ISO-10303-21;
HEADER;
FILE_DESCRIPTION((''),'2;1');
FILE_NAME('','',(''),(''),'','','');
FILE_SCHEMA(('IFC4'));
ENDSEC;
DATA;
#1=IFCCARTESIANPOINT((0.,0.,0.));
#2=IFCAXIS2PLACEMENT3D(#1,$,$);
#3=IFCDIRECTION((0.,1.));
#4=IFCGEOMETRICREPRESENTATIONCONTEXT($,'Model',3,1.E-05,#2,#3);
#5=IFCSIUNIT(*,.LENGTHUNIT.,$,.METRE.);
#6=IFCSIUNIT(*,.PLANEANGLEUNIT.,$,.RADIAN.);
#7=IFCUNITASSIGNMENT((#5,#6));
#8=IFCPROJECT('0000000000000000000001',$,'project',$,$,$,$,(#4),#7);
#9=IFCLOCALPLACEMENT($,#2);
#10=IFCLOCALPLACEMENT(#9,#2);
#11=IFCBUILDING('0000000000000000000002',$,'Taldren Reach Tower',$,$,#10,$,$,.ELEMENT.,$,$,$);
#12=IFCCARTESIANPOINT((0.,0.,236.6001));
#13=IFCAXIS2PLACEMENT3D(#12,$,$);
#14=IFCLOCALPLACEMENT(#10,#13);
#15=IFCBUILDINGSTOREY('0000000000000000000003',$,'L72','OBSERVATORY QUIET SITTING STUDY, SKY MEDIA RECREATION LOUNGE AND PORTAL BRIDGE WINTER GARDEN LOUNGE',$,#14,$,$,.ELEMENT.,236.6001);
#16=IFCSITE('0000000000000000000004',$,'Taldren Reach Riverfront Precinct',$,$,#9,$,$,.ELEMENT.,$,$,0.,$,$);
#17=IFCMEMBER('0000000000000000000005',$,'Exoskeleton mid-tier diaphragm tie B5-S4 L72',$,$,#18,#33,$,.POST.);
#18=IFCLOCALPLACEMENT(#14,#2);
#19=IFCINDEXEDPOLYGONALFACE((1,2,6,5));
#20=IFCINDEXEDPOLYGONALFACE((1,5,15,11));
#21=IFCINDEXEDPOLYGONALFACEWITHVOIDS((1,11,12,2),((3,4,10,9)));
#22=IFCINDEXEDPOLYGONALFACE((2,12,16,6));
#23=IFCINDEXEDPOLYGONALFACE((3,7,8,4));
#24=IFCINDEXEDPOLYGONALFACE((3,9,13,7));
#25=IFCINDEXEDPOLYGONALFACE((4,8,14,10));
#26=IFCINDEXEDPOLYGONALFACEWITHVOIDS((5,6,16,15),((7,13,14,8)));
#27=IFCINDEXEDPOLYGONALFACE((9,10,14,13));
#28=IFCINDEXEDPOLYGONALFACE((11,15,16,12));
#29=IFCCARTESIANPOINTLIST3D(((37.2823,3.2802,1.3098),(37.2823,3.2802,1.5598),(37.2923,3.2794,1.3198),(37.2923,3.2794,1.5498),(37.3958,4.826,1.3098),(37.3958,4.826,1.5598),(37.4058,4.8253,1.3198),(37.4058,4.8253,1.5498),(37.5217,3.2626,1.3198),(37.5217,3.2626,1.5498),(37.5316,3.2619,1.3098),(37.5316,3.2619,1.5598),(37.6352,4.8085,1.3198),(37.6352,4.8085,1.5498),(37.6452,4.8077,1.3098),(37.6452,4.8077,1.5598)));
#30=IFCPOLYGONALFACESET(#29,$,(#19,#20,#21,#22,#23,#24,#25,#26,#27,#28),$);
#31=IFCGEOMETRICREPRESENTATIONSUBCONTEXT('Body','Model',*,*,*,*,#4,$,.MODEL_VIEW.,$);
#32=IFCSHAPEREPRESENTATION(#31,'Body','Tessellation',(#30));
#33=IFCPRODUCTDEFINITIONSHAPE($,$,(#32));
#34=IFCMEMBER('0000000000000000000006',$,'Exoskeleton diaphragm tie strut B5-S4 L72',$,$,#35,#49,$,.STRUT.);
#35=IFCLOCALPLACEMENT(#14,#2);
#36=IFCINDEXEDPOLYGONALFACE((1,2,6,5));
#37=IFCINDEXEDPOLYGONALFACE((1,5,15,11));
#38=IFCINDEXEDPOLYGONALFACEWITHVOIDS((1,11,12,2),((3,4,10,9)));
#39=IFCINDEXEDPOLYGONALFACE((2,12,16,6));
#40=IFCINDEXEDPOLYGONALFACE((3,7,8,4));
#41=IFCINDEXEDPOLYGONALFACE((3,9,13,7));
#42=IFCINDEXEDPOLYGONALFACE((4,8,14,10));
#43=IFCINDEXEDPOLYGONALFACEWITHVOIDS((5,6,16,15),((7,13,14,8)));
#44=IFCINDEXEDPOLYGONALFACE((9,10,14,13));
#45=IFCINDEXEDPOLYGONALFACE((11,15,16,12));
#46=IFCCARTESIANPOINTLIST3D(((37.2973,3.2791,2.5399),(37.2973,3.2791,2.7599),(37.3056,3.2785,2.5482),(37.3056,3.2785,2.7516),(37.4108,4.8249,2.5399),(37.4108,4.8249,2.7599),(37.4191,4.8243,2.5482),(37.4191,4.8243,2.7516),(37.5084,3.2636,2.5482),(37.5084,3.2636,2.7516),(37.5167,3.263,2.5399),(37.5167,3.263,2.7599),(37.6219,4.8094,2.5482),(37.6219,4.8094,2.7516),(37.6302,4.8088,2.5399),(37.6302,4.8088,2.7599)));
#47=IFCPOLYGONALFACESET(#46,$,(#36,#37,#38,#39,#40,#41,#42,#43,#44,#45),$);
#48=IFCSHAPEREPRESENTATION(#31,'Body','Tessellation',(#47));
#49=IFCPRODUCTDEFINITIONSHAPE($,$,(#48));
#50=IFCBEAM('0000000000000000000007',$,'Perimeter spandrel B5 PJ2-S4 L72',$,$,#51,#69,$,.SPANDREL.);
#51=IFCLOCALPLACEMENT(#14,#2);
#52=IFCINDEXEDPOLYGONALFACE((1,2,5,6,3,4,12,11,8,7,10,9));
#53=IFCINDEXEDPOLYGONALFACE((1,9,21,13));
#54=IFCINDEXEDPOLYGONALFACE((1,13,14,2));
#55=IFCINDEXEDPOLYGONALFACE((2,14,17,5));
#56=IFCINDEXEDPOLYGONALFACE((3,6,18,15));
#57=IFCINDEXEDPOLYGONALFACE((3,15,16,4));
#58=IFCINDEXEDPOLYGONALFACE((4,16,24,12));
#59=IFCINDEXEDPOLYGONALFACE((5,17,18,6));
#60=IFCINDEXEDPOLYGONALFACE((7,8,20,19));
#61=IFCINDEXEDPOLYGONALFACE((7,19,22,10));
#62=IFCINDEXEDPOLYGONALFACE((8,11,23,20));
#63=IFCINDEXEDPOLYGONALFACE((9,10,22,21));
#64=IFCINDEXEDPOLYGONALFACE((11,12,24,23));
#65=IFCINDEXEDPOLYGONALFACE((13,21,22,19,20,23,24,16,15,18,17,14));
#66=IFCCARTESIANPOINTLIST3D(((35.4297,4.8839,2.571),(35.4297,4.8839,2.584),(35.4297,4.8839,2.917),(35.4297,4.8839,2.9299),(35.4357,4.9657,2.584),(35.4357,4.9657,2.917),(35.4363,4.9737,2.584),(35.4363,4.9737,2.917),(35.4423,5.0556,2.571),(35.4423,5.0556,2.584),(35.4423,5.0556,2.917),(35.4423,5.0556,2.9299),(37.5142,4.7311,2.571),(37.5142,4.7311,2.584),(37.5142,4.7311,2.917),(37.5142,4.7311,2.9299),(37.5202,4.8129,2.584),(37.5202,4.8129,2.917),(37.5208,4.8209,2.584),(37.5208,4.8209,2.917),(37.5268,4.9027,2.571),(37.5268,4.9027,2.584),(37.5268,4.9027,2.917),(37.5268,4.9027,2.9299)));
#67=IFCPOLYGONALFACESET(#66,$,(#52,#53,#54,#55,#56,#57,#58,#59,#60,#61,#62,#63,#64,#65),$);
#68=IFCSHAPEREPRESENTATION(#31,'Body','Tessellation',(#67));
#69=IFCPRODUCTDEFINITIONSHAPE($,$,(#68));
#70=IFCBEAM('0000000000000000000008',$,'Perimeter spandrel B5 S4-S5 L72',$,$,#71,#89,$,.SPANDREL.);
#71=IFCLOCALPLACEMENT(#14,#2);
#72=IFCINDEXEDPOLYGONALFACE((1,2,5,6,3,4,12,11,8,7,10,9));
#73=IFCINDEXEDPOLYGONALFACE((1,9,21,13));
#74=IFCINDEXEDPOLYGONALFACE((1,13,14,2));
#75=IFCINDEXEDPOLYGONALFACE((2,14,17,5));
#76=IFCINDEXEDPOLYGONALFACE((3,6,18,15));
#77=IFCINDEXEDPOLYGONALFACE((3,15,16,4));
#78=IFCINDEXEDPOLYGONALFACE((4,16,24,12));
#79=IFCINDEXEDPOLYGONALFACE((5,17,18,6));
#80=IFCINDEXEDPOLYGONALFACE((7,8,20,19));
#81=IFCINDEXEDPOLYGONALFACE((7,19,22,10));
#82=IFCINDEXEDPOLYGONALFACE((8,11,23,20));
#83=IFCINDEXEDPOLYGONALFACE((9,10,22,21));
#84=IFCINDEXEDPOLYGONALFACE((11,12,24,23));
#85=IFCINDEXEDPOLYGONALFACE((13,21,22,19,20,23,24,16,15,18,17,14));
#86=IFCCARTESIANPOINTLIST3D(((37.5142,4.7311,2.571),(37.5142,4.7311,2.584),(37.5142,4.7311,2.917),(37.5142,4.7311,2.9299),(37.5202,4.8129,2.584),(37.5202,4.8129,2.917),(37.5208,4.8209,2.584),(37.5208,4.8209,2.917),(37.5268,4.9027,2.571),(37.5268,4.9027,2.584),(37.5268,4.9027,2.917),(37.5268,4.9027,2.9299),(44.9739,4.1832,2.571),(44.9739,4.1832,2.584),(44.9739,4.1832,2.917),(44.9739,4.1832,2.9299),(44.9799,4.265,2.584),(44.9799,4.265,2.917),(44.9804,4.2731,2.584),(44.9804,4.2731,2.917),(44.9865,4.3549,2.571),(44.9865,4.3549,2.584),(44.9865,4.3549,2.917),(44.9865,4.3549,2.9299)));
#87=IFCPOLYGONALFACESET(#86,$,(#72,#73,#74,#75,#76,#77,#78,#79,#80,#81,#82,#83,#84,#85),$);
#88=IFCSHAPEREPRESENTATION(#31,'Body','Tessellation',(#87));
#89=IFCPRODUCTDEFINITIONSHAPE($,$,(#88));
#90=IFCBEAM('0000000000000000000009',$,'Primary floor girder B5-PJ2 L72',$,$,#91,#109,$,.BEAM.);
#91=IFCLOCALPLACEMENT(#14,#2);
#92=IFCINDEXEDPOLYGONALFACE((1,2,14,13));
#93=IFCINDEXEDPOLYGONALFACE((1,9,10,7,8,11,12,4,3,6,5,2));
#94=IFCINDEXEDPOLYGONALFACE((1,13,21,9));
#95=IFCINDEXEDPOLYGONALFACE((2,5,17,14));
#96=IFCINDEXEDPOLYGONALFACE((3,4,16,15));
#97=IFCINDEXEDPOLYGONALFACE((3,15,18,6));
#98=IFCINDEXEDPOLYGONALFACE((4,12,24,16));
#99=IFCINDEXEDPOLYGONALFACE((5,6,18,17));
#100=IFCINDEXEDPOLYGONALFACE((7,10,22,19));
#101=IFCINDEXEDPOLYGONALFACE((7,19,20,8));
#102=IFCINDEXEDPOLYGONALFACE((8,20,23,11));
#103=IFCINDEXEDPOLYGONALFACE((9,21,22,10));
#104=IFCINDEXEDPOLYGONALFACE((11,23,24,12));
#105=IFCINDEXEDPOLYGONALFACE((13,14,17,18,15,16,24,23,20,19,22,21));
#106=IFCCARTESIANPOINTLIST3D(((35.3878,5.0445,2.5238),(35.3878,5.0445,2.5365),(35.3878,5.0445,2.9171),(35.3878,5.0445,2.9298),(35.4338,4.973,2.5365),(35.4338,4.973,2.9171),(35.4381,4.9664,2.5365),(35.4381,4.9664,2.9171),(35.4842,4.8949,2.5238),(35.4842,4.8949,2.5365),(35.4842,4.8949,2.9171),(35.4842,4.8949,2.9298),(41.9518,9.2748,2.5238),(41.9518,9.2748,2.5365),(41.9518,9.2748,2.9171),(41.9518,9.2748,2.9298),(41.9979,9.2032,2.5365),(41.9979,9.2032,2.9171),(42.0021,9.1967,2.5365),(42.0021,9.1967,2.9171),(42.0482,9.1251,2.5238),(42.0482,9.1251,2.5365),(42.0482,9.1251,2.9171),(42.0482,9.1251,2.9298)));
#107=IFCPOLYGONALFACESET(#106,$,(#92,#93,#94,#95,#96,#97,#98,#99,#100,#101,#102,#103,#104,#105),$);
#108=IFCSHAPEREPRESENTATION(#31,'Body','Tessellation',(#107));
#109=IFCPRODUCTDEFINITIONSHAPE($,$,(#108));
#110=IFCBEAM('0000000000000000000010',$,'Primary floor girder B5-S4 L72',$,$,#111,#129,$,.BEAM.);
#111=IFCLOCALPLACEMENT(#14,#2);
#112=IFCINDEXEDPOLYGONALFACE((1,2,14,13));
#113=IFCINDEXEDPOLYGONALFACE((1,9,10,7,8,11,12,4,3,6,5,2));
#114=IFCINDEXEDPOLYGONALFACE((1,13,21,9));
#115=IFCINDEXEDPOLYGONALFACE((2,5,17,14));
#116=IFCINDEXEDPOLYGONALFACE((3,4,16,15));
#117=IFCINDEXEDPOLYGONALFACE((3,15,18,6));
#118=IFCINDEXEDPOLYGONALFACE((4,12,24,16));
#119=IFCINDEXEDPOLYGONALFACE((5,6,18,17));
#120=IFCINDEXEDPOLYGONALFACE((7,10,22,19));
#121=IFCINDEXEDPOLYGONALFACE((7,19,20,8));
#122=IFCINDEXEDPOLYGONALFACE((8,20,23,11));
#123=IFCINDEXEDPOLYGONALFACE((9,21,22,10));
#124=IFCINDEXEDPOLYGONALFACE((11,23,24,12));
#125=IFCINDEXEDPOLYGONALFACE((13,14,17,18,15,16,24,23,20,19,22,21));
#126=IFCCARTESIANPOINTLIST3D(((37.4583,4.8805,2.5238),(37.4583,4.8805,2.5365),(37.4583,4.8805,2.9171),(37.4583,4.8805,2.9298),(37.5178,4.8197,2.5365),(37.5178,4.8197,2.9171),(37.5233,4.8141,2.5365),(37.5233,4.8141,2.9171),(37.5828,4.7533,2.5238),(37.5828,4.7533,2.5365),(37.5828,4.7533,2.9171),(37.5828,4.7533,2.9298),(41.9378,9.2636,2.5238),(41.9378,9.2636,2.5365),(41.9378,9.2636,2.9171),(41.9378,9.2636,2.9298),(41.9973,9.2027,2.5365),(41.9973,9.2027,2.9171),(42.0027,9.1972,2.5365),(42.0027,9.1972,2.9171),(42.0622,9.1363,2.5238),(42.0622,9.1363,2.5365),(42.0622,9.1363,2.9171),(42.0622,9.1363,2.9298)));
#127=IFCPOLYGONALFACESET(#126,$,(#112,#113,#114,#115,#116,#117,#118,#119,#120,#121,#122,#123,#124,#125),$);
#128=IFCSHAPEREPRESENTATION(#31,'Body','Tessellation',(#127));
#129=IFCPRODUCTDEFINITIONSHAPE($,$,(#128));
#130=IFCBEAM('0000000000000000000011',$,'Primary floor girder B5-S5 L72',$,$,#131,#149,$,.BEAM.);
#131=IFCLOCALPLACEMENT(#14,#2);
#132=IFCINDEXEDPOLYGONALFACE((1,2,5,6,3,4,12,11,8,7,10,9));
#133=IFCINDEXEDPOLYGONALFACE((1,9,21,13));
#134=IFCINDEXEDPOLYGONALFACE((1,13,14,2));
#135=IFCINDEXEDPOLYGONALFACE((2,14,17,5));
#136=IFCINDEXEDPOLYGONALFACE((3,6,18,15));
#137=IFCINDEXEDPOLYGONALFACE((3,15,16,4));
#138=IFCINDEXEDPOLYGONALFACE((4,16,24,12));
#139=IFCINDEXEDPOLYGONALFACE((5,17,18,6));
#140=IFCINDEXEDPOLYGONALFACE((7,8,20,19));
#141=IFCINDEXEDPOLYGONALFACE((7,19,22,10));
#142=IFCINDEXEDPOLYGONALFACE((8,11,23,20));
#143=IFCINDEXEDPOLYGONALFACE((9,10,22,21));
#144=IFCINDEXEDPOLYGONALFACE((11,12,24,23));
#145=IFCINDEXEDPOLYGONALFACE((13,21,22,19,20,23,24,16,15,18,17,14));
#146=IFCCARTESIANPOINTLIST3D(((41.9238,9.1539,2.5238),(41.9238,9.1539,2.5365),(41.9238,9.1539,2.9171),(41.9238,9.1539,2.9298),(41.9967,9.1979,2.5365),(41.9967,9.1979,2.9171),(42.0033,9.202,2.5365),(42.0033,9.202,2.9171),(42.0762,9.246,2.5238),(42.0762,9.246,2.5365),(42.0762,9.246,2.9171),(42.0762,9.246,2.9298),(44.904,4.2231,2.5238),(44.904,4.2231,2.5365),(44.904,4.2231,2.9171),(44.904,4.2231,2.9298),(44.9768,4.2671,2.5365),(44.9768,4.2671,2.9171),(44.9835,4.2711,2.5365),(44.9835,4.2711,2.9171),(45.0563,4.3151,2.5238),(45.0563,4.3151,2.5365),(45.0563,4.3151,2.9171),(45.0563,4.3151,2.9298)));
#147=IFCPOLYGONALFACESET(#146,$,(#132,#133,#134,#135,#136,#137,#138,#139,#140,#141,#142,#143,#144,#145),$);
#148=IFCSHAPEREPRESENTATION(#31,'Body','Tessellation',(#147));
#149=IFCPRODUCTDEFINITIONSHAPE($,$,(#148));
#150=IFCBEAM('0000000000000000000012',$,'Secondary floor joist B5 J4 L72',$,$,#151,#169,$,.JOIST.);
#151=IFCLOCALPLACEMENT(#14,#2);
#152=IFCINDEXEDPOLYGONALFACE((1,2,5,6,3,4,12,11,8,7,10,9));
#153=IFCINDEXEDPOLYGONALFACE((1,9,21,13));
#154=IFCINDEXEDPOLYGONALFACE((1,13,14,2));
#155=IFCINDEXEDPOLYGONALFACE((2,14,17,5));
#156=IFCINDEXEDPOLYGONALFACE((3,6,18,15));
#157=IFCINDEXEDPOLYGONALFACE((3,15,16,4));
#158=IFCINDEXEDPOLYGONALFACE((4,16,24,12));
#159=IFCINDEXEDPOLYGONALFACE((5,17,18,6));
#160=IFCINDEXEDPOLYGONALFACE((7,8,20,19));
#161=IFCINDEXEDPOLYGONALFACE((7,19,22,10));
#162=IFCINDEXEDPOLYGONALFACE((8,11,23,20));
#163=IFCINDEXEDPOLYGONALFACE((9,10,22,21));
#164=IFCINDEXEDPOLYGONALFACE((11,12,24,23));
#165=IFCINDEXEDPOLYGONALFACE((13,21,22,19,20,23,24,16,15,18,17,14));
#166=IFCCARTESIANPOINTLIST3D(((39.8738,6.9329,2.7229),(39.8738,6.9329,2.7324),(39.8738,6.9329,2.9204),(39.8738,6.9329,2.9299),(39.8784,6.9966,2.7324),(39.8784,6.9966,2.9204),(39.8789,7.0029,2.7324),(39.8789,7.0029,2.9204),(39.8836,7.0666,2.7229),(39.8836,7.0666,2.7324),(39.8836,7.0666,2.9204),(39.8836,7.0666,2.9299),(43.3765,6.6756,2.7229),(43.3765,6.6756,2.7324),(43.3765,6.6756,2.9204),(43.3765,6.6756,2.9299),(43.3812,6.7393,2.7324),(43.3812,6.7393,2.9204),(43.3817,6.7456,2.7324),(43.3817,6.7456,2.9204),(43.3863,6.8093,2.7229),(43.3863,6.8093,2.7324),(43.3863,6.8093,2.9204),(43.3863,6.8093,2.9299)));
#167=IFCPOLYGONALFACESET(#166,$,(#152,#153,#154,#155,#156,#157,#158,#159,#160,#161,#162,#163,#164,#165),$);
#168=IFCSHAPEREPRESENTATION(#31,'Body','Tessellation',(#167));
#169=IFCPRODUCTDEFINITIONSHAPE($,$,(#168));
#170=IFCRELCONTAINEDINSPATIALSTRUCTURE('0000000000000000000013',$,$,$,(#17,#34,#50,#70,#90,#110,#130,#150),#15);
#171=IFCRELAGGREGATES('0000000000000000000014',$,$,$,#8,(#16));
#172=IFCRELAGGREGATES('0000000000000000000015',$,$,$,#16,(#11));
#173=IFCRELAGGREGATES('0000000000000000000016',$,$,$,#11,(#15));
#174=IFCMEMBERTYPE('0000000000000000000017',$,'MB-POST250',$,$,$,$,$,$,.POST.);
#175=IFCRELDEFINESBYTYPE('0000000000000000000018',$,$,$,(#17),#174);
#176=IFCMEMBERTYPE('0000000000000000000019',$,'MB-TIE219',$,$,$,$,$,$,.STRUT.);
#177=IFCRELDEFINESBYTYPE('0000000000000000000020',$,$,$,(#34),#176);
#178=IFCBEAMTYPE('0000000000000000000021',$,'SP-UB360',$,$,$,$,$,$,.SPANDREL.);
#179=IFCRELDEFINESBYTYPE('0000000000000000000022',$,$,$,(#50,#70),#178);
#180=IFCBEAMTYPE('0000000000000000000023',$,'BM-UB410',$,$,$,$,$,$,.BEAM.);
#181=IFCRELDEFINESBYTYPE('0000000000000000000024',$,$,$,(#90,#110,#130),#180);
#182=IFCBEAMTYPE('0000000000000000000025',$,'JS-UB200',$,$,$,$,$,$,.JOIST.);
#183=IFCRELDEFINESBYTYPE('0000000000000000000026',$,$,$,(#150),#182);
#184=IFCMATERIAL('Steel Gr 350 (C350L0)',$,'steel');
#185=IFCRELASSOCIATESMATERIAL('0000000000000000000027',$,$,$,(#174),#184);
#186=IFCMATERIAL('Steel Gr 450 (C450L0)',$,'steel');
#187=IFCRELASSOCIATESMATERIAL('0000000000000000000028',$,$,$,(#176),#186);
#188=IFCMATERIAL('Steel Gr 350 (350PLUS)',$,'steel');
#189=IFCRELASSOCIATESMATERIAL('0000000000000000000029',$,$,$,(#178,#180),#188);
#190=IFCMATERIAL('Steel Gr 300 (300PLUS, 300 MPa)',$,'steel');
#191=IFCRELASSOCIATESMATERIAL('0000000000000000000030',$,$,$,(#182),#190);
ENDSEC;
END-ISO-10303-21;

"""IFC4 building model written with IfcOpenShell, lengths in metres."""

from ifc_helpers import new_model, si_unit, direction, frame, origin, origin_2d, place, context, subcontext, project, spatial, hollow_rectangle, i_section, extrude, source, transform, mapped, material, material_profile, profile_set, type_object, element, save


model = new_model("IFC4")

# Units and contexts
model_context = context("Model", 3, precision=1e-05, world=origin(), true_north=direction((0.0, 1.0)))
body_context = subcontext(model_context, "Body", "Model", "MODEL_VIEW")
ifc_project = project(units=[si_unit("LENGTHUNIT", "METRE"), si_unit("PLANEANGLEUNIT", "RADIAN")], contexts=[model_context])

# Site, building, storey
site_placement = place(None, origin())
site = spatial("IfcSite", under=ifc_project, at=site_placement, Name="Taldren Reach Riverfront Precinct", CompositionType="ELEMENT", RefElevation=0.0)
building_placement = place(site_placement, origin())
building = spatial("IfcBuilding", under=site, at=building_placement, Name="Taldren Reach Tower", CompositionType="ELEMENT")
storey_placement = place(building_placement, frame((0.0, 0.0, 236.6001)))
storey = spatial("IfcBuildingStorey", under=building, at=storey_placement, Name="L72", Description="OBSERVATORY QUIET SITTING STUDY, SKY MEDIA RECREATION LOUNGE AND PORTAL BRIDGE WINTER GARDEN LOUNGE", CompositionType="ELEMENT", Elevation=236.6001)

# Shared definitions
ifc_material_1 = material(Name="Steel Gr 350 (350PLUS)", Category="steel")
ifc_material_2 = material(Name="Steel Gr 450 (C450L0)", Category="steel")
ifc_material_3 = material(Name="Steel Gr 350 (C350L0)", Category="steel")

# Members
ifc_material_profile_1 = material_profile(ifc_material_3, hollow_rectangle(XDim=0.25, YDim=0.25, WallThickness=0.01, at=origin_2d()), Name="250x250x10.0SHS")
ifc_profile_set_1 = profile_set([ifc_material_profile_1], Name="Steel Gr 350 (C350L0)")
member_type_1 = type_object("IfcMemberType", Name="MB-POST250", PredefinedType="POST", material=ifc_profile_set_1)
shared_shape_1 = source(origin(), body_context, "Body", "SweptSolid", [
    extrude(hollow_rectangle(XDim=0.25, YDim=0.25, WallThickness=0.01, at=origin_2d()), origin(), (0.0, 0.0, 1.0), 1.55),
])
for number, where, z_axis, x_axis, name in (
    (1, (37.5205, 4.8169, 1.4348), (-0.073239, -0.997314, 0.0), (0.997314, -0.073239, 0.0), "Exoskeleton mid-tier diaphragm tie B5-S4 L72"),
):
    element("IfcMember", number, at=place(storey_placement, frame(where, z_axis=z_axis, x_axis=x_axis)), inside=storey, type_object=member_type_1, Name=name, PredefinedType="POST", context=body_context, shape_type="MappedRepresentation", body=[
        mapped(shared_shape_1, transform((0.0, 0.0, 0.0), scale=1.0)),
    ])
ifc_material_profile_2 = material_profile(ifc_material_2, hollow_rectangle(XDim=0.22, YDim=0.22, WallThickness=0.0083, at=origin_2d()), Name="220x220x8.2SHS")
ifc_profile_set_2 = profile_set([ifc_material_profile_2], Name="Steel Gr 450 (C450L0)")
member_type_2 = type_object("IfcMemberType", Name="MB-TIE219", PredefinedType="STRUT", material=ifc_profile_set_2)
shared_shape_2 = source(origin(), body_context, "Body", "SweptSolid", [
    extrude(hollow_rectangle(XDim=0.22, YDim=0.22, WallThickness=0.0083, at=origin_2d()), origin(), (0.0, 0.0, 1.0), 1.55),
])
member_1_placement = place(storey_placement, frame((37.5205, 4.8169, 2.6499), z_axis=(-0.073239, -0.997314, 0.0), x_axis=(0.997314, -0.073239, 0.0)))
element("IfcMember", 2, at=member_1_placement, inside=storey, type_object=member_type_2, Name="Exoskeleton diaphragm tie strut B5-S4 L72", PredefinedType="STRUT", context=body_context, shape_type="MappedRepresentation", body=[
    mapped(shared_shape_2, transform((0.0, 0.0, 0.0), scale=1.0)),
])

# Beams
ifc_material_profile_3 = material_profile(ifc_material_1, i_section(OverallWidth=0.1721, OverallDepth=0.3589, WebThickness=0.0081, FlangeThickness=0.0129, at=origin_2d()), Name="360UB56.7")
ifc_profile_set_3 = profile_set([ifc_material_profile_3], Name="Steel Gr 350 (350PLUS)")
beam_type_1 = type_object("IfcBeamType", Name="SP-UB360", PredefinedType="SPANDREL", material=ifc_profile_set_3)
shared_shape_3 = source(origin(), body_context, "Body", "SweptSolid", [
    extrude(i_section(OverallWidth=0.1721, OverallDepth=0.3589, WebThickness=0.0081, FlangeThickness=0.0129, at=origin_2d()), origin(), (0.0, 0.0, 1.0), 2.0901),
])
beam_1_placement = place(storey_placement, frame((35.436, 4.9697, 2.7505), z_axis=(0.997323, -0.073123, 0.0), x_axis=(0.073123, 0.997323, 0.0)))
element("IfcBeam", 3, at=beam_1_placement, inside=storey, type_object=beam_type_1, Name="Perimeter spandrel B5 PJ2-S4 L72", PredefinedType="SPANDREL", context=body_context, shape_type="MappedRepresentation", body=[
    mapped(shared_shape_3, transform((0.0, 0.0, 0.0), scale=1.0)),
])
shared_shape_4 = source(origin(), body_context, "Body", "SweptSolid", [
    extrude(i_section(OverallWidth=0.1721, OverallDepth=0.3589, WebThickness=0.0081, FlangeThickness=0.0129, at=origin_2d()), origin(), (0.0, 0.0, 1.0), 7.4797),
])
beam_2_placement = place(storey_placement, frame((37.5205, 4.8169, 2.7505), z_axis=(0.997314, -0.073244, 0.0), x_axis=(0.073244, 0.997314, 0.0)))
element("IfcBeam", 4, at=beam_2_placement, inside=storey, type_object=beam_type_1, Name="Perimeter spandrel B5 S4-S5 L72", PredefinedType="SPANDREL", context=body_context, shape_type="MappedRepresentation", body=[
    mapped(shared_shape_4, transform((0.0, 0.0, 0.0), scale=1.0)),
])
ifc_material_profile_4 = material_profile(ifc_material_1, i_section(OverallWidth=0.178, OverallDepth=0.406, WebThickness=0.0078, FlangeThickness=0.0127, at=origin_2d()), Name="410UB59.7")
ifc_profile_set_4 = profile_set([ifc_material_profile_4], Name="Steel Gr 350 (350PLUS)")
beam_type_2 = type_object("IfcBeamType", Name="BM-UB410", PredefinedType="BEAM", material=ifc_profile_set_4)
shared_shape_5 = source(origin(), body_context, "Body", "SweptSolid", [
    extrude(i_section(OverallWidth=0.178, OverallDepth=0.406, WebThickness=0.0078, FlangeThickness=0.0127, at=origin_2d()), origin(), (0.0, 0.0, 1.0), 7.8091),
])
beam_3_placement = place(storey_placement, frame((42.0, 9.2, 2.7268), z_axis=(-0.840564, -0.541712, 0.0), x_axis=(0.541712, -0.840564, 0.0)))
element("IfcBeam", 5, at=beam_3_placement, inside=storey, type_object=beam_type_2, Name="Primary floor girder B5-PJ2 L72", PredefinedType="BEAM", context=body_context, shape_type="MappedRepresentation", body=[
    mapped(shared_shape_5, transform((0.0, 0.0, 0.0), scale=1.0)),
])
shared_shape_6 = source(origin(), body_context, "Body", "SweptSolid", [
    extrude(i_section(OverallWidth=0.178, OverallDepth=0.406, WebThickness=0.0078, FlangeThickness=0.0127, at=origin_2d()), origin(), (0.0, 0.0, 1.0), 6.2671),
])
beam_4_placement = place(storey_placement, frame((42.0, 9.2, 2.7268), z_axis=(-0.714759, -0.699371, 0.0), x_axis=(0.699371, -0.714759, 0.0)))
element("IfcBeam", 6, at=beam_4_placement, inside=storey, type_object=beam_type_2, Name="Primary floor girder B5-S4 L72", PredefinedType="BEAM", context=body_context, shape_type="MappedRepresentation", body=[
    mapped(shared_shape_6, transform((0.0, 0.0, 0.0), scale=1.0)),
])
shared_shape_7 = source(origin(), body_context, "Body", "SweptSolid", [
    extrude(i_section(OverallWidth=0.178, OverallDepth=0.406, WebThickness=0.0078, FlangeThickness=0.0127, at=origin_2d()), origin(), (0.0, 0.0, 1.0), 5.7615),
])
beam_5_placement = place(storey_placement, frame((42.0, 9.2, 2.7268), z_axis=(0.51726, -0.855828, 0.0), x_axis=(0.855828, 0.51726, 0.0)))
element("IfcBeam", 7, at=beam_5_placement, inside=storey, type_object=beam_type_2, Name="Primary floor girder B5-S5 L72", PredefinedType="BEAM", context=body_context, shape_type="MappedRepresentation", body=[
    mapped(shared_shape_7, transform((0.0, 0.0, 0.0), scale=1.0)),
])
ifc_material_4 = material(Name="Steel Gr 300 (300PLUS, 300 MPa)", Category="steel")
ifc_material_profile_5 = material_profile(ifc_material_4, i_section(OverallWidth=0.134, OverallDepth=0.207, WebThickness=0.0063, FlangeThickness=0.0095, at=origin_2d()), Name="200UB29.8")
ifc_profile_set_5 = profile_set([ifc_material_profile_5], Name="Steel Gr 300 (300PLUS, 300 MPa)")
beam_type_3 = type_object("IfcBeamType", Name="JS-UB200", PredefinedType="JOIST", material=ifc_profile_set_5)
shared_shape_8 = source(origin(), body_context, "Body", "SweptSolid", [
    extrude(i_section(OverallWidth=0.134, OverallDepth=0.207, WebThickness=0.0063, FlangeThickness=0.0095, at=origin_2d()), origin(), (0.0, 0.0, 1.0), 3.5122),
])
beam_6_placement = place(storey_placement, frame((39.8787, 6.9998, 2.8264), z_axis=(0.997312, -0.073267, 0.0), x_axis=(0.073267, 0.997312, 0.0)))
element("IfcBeam", 8, at=beam_6_placement, inside=storey, type_object=beam_type_3, Name="Secondary floor joist B5 J4 L72", PredefinedType="JOIST", context=body_context, shape_type="MappedRepresentation", body=[
    mapped(shared_shape_8, transform((0.0, 0.0, 0.0), scale=1.0)),
])

save(model, "model.ifc")
